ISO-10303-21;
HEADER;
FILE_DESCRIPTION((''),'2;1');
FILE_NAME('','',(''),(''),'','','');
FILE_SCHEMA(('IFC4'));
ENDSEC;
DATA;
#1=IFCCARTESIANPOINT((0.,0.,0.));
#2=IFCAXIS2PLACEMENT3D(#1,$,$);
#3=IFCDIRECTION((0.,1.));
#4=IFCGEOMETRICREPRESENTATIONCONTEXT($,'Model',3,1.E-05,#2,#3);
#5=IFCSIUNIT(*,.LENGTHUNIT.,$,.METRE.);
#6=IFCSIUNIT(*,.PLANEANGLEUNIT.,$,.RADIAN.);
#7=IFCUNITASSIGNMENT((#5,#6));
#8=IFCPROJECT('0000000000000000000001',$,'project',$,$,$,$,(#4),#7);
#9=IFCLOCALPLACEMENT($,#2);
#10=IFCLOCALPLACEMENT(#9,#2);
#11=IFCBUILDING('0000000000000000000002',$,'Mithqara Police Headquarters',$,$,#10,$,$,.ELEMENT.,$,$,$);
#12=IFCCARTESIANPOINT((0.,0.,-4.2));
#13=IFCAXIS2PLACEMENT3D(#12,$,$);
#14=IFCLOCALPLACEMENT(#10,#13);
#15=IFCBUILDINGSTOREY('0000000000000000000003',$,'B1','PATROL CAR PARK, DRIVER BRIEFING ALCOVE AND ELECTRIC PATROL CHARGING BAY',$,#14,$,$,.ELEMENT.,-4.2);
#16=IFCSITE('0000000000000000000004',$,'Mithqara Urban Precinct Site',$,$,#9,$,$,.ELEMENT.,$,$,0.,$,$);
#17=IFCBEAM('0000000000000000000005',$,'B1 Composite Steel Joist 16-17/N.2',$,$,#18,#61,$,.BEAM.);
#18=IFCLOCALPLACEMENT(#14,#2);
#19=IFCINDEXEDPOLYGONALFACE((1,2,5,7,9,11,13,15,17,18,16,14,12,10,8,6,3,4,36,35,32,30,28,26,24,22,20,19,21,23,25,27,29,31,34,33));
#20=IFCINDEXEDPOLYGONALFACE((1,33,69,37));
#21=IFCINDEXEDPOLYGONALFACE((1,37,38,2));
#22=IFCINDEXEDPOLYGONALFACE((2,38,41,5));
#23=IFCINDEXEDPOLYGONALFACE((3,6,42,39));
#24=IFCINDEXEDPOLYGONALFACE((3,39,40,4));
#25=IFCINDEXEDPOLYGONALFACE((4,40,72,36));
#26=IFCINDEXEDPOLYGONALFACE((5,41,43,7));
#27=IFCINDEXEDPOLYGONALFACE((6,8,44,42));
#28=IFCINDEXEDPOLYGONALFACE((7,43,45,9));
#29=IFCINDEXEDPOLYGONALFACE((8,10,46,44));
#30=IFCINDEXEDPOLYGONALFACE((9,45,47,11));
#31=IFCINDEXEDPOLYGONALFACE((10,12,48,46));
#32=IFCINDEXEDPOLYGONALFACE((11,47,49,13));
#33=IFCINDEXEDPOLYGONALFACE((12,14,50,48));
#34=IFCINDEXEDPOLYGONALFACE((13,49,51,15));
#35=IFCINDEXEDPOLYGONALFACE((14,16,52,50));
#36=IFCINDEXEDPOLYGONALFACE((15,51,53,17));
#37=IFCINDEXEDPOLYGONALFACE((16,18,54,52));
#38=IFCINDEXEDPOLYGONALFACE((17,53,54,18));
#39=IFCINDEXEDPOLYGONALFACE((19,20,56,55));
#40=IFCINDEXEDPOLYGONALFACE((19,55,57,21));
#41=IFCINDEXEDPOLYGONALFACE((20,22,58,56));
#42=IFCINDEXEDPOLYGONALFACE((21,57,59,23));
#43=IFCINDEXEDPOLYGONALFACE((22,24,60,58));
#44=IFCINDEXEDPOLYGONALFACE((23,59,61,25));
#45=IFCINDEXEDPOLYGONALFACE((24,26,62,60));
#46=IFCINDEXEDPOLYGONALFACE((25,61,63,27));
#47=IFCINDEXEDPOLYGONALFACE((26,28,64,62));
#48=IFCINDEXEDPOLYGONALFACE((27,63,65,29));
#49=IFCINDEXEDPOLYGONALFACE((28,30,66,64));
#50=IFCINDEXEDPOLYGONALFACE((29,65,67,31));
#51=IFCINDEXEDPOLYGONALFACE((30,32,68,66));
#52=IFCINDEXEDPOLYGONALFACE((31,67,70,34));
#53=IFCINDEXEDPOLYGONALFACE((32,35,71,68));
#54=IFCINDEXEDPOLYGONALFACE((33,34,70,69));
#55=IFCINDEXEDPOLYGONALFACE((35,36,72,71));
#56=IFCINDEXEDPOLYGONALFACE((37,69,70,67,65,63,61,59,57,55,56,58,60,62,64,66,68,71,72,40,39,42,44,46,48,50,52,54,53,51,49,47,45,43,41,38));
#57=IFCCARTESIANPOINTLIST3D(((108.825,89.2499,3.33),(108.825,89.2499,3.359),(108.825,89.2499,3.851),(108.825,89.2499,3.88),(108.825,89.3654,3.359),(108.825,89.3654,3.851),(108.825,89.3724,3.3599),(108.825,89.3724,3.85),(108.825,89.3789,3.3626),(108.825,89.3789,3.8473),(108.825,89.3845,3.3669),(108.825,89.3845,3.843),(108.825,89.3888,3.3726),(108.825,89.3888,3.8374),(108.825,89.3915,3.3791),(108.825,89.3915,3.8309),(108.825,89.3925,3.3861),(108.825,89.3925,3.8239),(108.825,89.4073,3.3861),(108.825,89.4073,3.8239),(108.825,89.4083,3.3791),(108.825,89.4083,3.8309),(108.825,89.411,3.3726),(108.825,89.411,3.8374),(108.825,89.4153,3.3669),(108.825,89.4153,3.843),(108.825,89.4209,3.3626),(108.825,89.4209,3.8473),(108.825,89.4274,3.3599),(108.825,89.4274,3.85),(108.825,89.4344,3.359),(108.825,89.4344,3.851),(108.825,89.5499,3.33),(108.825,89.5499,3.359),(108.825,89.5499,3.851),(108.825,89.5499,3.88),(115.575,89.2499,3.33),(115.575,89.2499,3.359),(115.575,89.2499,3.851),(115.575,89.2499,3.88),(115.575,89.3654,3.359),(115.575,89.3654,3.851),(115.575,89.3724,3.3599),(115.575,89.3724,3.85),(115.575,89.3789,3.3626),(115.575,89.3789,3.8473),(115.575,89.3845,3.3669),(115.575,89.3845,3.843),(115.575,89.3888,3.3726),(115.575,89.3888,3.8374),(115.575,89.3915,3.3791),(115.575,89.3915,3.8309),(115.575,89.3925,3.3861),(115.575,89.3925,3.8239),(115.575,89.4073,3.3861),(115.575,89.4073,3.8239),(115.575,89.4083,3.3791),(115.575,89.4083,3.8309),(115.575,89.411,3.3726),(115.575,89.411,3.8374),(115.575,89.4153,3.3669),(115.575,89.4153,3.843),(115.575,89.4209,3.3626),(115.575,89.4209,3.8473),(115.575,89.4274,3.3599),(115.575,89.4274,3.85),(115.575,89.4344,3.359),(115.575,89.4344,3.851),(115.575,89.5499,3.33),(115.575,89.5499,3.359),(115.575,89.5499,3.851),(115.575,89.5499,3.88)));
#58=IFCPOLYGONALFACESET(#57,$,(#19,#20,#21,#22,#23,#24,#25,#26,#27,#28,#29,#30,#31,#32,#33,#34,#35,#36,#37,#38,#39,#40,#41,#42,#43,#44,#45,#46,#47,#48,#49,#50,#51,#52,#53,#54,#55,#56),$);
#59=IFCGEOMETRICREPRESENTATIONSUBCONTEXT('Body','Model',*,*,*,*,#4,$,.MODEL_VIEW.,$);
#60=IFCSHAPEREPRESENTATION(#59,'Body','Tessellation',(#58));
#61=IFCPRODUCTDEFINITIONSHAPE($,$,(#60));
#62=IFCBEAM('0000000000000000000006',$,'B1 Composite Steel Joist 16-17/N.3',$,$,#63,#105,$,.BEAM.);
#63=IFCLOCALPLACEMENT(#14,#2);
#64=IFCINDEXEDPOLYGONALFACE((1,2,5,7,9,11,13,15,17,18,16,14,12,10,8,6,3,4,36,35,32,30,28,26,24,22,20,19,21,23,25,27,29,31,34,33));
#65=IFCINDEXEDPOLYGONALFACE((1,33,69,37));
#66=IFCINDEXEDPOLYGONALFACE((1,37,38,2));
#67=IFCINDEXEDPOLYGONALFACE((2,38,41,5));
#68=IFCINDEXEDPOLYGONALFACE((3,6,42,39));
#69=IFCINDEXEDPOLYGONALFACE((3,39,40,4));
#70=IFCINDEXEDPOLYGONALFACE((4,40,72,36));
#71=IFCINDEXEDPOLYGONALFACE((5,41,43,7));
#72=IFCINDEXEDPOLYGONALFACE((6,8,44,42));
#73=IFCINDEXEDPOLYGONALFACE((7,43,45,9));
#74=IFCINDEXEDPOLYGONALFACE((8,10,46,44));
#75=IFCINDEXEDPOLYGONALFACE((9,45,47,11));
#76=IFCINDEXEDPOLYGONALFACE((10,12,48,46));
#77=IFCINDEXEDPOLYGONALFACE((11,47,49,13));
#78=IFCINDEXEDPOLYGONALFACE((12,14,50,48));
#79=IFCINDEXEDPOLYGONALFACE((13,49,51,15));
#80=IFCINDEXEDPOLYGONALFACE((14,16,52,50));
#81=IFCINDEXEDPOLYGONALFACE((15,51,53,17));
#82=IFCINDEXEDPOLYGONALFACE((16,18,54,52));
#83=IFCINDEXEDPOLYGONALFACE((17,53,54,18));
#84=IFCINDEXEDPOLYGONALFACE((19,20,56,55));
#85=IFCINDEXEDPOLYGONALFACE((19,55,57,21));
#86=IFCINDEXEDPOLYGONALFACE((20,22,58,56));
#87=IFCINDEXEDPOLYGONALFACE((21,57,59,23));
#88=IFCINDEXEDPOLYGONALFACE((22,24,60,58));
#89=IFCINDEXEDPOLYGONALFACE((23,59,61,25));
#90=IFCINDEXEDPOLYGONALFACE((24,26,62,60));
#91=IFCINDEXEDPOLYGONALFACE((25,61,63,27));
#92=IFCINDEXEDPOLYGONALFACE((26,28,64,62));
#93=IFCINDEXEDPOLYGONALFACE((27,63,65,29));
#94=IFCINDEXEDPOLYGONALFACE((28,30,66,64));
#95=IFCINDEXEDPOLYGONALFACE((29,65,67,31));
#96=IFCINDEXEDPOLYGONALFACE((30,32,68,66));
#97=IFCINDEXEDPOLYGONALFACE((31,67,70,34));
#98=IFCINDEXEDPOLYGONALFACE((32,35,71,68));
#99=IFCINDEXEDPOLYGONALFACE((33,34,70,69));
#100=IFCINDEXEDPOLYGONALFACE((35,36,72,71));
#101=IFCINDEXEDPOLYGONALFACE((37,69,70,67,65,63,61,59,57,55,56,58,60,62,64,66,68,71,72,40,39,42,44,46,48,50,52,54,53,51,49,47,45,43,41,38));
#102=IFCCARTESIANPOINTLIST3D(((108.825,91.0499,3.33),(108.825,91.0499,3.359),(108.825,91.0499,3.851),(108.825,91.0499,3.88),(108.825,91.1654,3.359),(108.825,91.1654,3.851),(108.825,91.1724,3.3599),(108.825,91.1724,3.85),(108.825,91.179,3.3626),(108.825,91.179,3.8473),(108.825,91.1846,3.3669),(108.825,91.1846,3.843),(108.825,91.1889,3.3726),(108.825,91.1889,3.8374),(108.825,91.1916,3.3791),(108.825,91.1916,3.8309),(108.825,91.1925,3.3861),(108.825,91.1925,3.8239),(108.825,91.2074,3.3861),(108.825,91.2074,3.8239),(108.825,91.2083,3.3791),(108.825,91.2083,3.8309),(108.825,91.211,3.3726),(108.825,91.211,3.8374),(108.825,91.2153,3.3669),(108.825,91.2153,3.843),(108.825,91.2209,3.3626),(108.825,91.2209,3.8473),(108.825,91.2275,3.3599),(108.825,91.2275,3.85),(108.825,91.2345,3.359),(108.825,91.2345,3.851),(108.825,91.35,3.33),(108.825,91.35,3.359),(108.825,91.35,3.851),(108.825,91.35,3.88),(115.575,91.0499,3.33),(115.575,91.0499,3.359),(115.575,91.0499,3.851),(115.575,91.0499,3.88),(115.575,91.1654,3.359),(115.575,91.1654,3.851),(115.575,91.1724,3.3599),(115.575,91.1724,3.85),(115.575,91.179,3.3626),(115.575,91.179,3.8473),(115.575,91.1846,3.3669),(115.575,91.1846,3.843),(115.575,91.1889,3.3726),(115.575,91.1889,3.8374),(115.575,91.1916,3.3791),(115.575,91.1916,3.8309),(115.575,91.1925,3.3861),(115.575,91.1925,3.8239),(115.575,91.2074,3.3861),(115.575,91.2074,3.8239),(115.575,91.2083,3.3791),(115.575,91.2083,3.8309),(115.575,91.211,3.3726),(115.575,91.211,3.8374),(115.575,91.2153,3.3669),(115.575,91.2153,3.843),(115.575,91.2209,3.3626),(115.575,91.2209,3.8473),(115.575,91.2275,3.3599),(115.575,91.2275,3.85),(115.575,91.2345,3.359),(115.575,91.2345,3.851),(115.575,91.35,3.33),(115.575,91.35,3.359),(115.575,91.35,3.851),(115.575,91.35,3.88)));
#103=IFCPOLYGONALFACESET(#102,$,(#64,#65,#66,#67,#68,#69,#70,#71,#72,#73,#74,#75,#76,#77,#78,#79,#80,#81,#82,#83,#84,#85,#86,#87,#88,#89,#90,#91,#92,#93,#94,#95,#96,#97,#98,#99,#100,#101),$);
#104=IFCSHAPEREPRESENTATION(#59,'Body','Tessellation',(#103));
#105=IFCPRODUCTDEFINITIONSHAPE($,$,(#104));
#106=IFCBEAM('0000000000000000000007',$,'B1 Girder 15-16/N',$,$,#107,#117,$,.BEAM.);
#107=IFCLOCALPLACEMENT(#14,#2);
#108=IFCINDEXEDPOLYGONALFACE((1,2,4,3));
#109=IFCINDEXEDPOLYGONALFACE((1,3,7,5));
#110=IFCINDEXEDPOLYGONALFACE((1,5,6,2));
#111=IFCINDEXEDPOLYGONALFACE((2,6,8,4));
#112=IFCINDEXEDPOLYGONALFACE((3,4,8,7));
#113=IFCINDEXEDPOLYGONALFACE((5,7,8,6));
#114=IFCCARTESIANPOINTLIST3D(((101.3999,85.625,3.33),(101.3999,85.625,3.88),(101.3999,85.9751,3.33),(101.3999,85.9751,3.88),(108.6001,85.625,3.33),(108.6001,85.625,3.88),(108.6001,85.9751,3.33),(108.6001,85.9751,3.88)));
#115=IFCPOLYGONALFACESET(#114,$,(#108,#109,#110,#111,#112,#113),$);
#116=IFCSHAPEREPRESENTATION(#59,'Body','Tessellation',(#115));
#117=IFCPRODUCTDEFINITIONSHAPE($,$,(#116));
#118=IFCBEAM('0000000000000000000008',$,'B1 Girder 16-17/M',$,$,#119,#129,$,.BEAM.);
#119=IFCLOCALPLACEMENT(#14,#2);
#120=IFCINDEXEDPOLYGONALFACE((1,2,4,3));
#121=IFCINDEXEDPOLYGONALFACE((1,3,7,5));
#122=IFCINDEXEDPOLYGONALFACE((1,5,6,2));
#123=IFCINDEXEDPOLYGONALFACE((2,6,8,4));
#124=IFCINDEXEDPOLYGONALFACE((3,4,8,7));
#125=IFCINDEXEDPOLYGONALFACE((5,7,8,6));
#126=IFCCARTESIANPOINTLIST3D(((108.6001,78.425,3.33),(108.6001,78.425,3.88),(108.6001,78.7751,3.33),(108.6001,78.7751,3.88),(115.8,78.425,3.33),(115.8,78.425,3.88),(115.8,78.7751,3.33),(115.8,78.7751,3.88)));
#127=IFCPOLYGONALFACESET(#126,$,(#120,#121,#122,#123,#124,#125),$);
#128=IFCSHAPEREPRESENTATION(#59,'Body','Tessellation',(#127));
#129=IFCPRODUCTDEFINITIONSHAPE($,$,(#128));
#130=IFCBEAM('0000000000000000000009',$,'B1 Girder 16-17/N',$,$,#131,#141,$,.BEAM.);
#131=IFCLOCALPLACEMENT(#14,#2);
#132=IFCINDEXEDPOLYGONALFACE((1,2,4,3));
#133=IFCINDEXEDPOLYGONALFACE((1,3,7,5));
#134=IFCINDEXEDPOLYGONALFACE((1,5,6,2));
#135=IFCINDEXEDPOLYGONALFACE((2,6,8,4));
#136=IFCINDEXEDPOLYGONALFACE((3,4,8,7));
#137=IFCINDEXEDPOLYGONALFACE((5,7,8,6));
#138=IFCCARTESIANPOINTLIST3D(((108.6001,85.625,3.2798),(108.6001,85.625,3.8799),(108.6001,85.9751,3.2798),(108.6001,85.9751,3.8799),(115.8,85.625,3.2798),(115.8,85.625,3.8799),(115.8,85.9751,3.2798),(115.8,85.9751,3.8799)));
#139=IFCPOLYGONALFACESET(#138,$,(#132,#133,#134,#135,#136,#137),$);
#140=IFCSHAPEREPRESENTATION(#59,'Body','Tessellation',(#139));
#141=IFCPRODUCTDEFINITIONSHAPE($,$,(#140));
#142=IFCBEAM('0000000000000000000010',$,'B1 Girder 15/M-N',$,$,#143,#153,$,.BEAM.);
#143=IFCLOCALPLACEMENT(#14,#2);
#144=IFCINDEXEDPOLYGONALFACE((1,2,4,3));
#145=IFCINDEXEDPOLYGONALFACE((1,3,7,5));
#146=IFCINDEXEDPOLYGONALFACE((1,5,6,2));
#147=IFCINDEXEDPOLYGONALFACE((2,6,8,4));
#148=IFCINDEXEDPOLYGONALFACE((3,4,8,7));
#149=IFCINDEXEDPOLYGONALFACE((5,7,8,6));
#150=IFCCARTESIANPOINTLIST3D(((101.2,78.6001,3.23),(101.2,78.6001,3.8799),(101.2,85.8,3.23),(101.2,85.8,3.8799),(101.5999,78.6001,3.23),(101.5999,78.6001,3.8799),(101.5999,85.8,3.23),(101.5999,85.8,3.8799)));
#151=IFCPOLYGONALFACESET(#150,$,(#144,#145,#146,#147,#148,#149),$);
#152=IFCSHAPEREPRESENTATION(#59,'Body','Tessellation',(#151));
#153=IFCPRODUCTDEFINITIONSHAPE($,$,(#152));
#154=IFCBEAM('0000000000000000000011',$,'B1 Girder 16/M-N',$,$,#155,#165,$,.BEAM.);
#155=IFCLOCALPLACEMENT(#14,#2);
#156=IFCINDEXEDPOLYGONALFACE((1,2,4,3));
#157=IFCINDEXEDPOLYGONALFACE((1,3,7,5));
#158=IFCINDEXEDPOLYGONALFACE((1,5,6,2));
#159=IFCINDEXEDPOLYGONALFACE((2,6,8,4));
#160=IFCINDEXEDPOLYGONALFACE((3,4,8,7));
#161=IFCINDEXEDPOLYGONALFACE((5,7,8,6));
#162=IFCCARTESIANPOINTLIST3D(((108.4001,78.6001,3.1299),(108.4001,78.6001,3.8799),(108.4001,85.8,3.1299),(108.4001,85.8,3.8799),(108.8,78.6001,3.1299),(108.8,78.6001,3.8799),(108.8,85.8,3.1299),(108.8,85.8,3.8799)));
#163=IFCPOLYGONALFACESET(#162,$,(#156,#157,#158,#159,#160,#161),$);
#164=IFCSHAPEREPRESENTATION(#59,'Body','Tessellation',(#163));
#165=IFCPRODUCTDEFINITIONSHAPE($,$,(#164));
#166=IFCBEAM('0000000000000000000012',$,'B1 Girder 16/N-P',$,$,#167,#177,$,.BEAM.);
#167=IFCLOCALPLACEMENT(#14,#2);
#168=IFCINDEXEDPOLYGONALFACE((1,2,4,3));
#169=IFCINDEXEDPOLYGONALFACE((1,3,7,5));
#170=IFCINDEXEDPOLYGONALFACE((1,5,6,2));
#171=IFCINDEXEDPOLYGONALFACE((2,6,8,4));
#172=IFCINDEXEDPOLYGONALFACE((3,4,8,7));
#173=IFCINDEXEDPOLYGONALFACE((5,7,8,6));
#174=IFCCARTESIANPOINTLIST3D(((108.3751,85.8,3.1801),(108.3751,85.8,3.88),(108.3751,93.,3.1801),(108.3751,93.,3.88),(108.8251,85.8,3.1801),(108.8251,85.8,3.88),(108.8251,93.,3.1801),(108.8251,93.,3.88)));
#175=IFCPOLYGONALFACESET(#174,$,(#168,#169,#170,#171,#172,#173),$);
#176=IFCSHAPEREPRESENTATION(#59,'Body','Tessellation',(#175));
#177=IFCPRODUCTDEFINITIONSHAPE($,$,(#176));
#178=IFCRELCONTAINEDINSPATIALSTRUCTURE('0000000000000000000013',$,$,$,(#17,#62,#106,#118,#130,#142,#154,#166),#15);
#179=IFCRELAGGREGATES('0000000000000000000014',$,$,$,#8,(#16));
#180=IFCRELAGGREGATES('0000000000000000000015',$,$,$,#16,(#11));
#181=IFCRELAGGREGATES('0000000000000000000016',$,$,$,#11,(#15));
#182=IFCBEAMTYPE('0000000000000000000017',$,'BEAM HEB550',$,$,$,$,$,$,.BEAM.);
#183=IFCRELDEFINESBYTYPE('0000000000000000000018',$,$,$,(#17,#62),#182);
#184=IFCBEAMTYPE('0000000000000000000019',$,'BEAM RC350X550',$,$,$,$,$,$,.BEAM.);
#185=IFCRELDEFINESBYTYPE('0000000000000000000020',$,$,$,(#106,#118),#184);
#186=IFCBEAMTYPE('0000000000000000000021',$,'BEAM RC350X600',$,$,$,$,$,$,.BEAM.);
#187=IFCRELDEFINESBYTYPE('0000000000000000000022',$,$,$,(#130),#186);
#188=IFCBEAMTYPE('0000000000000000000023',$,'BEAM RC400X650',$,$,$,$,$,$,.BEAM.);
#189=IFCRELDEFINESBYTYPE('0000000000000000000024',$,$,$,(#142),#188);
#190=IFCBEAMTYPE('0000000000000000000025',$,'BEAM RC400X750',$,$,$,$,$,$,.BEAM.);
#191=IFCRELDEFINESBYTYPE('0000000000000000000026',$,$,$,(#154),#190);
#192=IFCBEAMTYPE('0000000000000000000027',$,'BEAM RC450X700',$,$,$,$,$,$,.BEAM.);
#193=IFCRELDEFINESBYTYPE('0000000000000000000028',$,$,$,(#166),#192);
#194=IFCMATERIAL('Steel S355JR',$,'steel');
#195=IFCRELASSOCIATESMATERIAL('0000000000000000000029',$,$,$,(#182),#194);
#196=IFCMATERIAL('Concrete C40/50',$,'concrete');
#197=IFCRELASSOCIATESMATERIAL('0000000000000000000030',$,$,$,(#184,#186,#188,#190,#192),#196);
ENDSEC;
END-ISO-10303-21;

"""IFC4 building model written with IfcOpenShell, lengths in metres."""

from ifc_helpers import new_model, si_unit, direction, frame, origin, origin_2d, place, context, subcontext, project, spatial, rectangle, i_section, extrude, material, material_profile, profile_set, type_object, element, save


model = new_model("IFC4")

# Units and contexts
model_context = context("Model", 3, precision=1e-05, world=origin(), true_north=direction((0.0, 1.0)))
body_context = subcontext(model_context, "Body", "Model", "MODEL_VIEW")
ifc_project = project(units=[si_unit("LENGTHUNIT", "METRE"), si_unit("PLANEANGLEUNIT", "RADIAN")], contexts=[model_context])

# Site, building, storey
site_placement = place(None, origin())
site = spatial("IfcSite", under=ifc_project, at=site_placement, Name="Mithqara Urban Precinct Site", CompositionType="ELEMENT", RefElevation=0.0)
building_placement = place(site_placement, origin())
building = spatial("IfcBuilding", under=site, at=building_placement, Name="Mithqara Police Headquarters", CompositionType="ELEMENT")
storey_placement = place(building_placement, frame((0.0, 0.0, -4.2)))
storey = spatial("IfcBuildingStorey", under=building, at=storey_placement, Name="B1", Description="PATROL CAR PARK, DRIVER BRIEFING ALCOVE AND ELECTRIC PATROL CHARGING BAY", CompositionType="ELEMENT", Elevation=-4.2)

# Beams
ifc_material_1 = material(Name="Steel S355JR", Category="steel")
ifc_material_profile_1 = material_profile(ifc_material_1, i_section(OverallWidth=0.3, OverallDepth=0.55, WebThickness=0.0149, FlangeThickness=0.0291, FilletRadius=0.0271, at=origin_2d()), Name="HEB 550")
ifc_profile_set_1 = profile_set([ifc_material_profile_1], Name="Steel S355JR")
beam_type_1 = type_object("IfcBeamType", Name="BEAM HEB550", PredefinedType="BEAM", material=ifc_profile_set_1)
for number, where, z_axis, x_axis, name in (
    (1, (108.825, 89.3999, 3.605), (1.0, 0.0, 0.0), (0.0, 1.0, 0.0), "B1 Composite Steel Joist 16-17/N.2"),
    (2, (108.825, 91.2, 3.605), (1.0, 0.0, 0.0), (0.0, 1.0, 0.0), "B1 Composite Steel Joist 16-17/N.3"),
):
    element("IfcBeam", number, at=place(storey_placement, frame(where, z_axis=z_axis, x_axis=x_axis)), inside=storey, type_object=beam_type_1, Name=name, PredefinedType="BEAM", context=body_context, shape_type="SweptSolid", body=[
        extrude(i_section(OverallWidth=0.3, OverallDepth=0.55, WebThickness=0.0149, FlangeThickness=0.0291, FilletRadius=0.0271, at=origin_2d()), origin(), (0.0, 0.0, 1.0), 6.75),
    ])
ifc_material_2 = material(Name="Concrete C40/50", Category="concrete")
ifc_material_profile_2 = material_profile(ifc_material_2, rectangle(XDim=0.3501, YDim=0.55, at=origin_2d()), Name="RC 350x550")
ifc_profile_set_2 = profile_set([ifc_material_profile_2], Name="Concrete C40/50")
beam_type_2 = type_object("IfcBeamType", Name="BEAM RC350X550", PredefinedType="BEAM", material=ifc_profile_set_2)
beam_1_placement = place(storey_placement, frame((101.3999, 85.8, 3.605), z_axis=(1.0, 0.0, 0.0), x_axis=(0.0, 1.0, 0.0)))
element("IfcBeam", 3, at=beam_1_placement, inside=storey, type_object=beam_type_2, Name="B1 Girder 15-16/N", PredefinedType="BEAM", context=body_context, shape_type="SweptSolid", body=[
    extrude(rectangle(XDim=0.3501, YDim=0.55, at=origin_2d()), origin(), (0.0, 0.0, 1.0), 7.2002),
])
beam_2_placement = place(storey_placement, frame((108.6001, 78.6001, 3.605), z_axis=(1.0, 0.0, 0.0), x_axis=(0.0, 1.0, 0.0)))
element("IfcBeam", 4, at=beam_2_placement, inside=storey, type_object=beam_type_2, Name="B1 Girder 16-17/M", PredefinedType="BEAM", context=body_context, shape_type="SweptSolid", body=[
    extrude(rectangle(XDim=0.3501, YDim=0.55, at=origin_2d()), origin(), (0.0, 0.0, 1.0), 7.2),
])
ifc_material_profile_3 = material_profile(ifc_material_2, rectangle(XDim=0.3501, YDim=0.6001, at=origin_2d()), Name="RC 350x600")
ifc_profile_set_3 = profile_set([ifc_material_profile_3], Name="Concrete C40/50")
beam_type_3 = type_object("IfcBeamType", Name="BEAM RC350X600", PredefinedType="BEAM", material=ifc_profile_set_3)
beam_3_placement = place(storey_placement, frame((108.6001, 85.8, 3.5798), z_axis=(1.0, 0.0, 0.0), x_axis=(0.0, 1.0, 0.0)))
element("IfcBeam", 5, at=beam_3_placement, inside=storey, type_object=beam_type_3, Name="B1 Girder 16-17/N", PredefinedType="BEAM", context=body_context, shape_type="SweptSolid", body=[
    extrude(rectangle(XDim=0.3501, YDim=0.6001, at=origin_2d()), origin(), (0.0, 0.0, 1.0), 7.2),
])
ifc_material_profile_4 = material_profile(ifc_material_2, rectangle(XDim=0.3999, YDim=0.6499, at=origin_2d()), Name="RC 400x650")
ifc_profile_set_4 = profile_set([ifc_material_profile_4], Name="Concrete C40/50")
beam_type_4 = type_object("IfcBeamType", Name="BEAM RC400X650", PredefinedType="BEAM", material=ifc_profile_set_4)
beam_4_placement = place(storey_placement, frame((101.3999, 78.6001, 3.5549), z_axis=(0.0, 1.0, 0.0), x_axis=(-1.0, 0.0, 0.0)))
element("IfcBeam", 6, at=beam_4_placement, inside=storey, type_object=beam_type_4, Name="B1 Girder 15/M-N", PredefinedType="BEAM", context=body_context, shape_type="SweptSolid", body=[
    extrude(rectangle(XDim=0.3999, YDim=0.6499, at=origin_2d()), origin(), (0.0, 0.0, 1.0), 7.2),
])
ifc_material_profile_5 = material_profile(ifc_material_2, rectangle(XDim=0.3999, YDim=0.75, at=origin_2d()), Name="RC 400x750")
ifc_profile_set_5 = profile_set([ifc_material_profile_5], Name="Concrete C40/50")
beam_type_5 = type_object("IfcBeamType", Name="BEAM RC400X750", PredefinedType="BEAM", material=ifc_profile_set_5)
beam_5_placement = place(storey_placement, frame((108.6001, 78.6001, 3.5049), z_axis=(0.0, 1.0, 0.0), x_axis=(-1.0, 0.0, 0.0)))
element("IfcBeam", 7, at=beam_5_placement, inside=storey, type_object=beam_type_5, Name="B1 Girder 16/M-N", PredefinedType="BEAM", context=body_context, shape_type="SweptSolid", body=[
    extrude(rectangle(XDim=0.3999, YDim=0.75, at=origin_2d()), origin(), (0.0, 0.0, 1.0), 7.2),
])
ifc_material_profile_6 = material_profile(ifc_material_2, rectangle(XDim=0.45, YDim=0.7, at=origin_2d()), Name="RC 450x700")
ifc_profile_set_6 = profile_set([ifc_material_profile_6], Name="Concrete C40/50")
beam_type_6 = type_object("IfcBeamType", Name="BEAM RC450X700", PredefinedType="BEAM", material=ifc_profile_set_6)
beam_6_placement = place(storey_placement, frame((108.6001, 85.8, 3.53), z_axis=(0.0, 1.0, 0.0), x_axis=(-1.0, 0.0, 0.0)))
element("IfcBeam", 8, at=beam_6_placement, inside=storey, type_object=beam_type_6, Name="B1 Girder 16/N-P", PredefinedType="BEAM", context=body_context, shape_type="SweptSolid", body=[
    extrude(rectangle(XDim=0.45, YDim=0.7, at=origin_2d()), origin(), (0.0, 0.0, 1.0), 7.2),
])

save(model, "model.ifc")
